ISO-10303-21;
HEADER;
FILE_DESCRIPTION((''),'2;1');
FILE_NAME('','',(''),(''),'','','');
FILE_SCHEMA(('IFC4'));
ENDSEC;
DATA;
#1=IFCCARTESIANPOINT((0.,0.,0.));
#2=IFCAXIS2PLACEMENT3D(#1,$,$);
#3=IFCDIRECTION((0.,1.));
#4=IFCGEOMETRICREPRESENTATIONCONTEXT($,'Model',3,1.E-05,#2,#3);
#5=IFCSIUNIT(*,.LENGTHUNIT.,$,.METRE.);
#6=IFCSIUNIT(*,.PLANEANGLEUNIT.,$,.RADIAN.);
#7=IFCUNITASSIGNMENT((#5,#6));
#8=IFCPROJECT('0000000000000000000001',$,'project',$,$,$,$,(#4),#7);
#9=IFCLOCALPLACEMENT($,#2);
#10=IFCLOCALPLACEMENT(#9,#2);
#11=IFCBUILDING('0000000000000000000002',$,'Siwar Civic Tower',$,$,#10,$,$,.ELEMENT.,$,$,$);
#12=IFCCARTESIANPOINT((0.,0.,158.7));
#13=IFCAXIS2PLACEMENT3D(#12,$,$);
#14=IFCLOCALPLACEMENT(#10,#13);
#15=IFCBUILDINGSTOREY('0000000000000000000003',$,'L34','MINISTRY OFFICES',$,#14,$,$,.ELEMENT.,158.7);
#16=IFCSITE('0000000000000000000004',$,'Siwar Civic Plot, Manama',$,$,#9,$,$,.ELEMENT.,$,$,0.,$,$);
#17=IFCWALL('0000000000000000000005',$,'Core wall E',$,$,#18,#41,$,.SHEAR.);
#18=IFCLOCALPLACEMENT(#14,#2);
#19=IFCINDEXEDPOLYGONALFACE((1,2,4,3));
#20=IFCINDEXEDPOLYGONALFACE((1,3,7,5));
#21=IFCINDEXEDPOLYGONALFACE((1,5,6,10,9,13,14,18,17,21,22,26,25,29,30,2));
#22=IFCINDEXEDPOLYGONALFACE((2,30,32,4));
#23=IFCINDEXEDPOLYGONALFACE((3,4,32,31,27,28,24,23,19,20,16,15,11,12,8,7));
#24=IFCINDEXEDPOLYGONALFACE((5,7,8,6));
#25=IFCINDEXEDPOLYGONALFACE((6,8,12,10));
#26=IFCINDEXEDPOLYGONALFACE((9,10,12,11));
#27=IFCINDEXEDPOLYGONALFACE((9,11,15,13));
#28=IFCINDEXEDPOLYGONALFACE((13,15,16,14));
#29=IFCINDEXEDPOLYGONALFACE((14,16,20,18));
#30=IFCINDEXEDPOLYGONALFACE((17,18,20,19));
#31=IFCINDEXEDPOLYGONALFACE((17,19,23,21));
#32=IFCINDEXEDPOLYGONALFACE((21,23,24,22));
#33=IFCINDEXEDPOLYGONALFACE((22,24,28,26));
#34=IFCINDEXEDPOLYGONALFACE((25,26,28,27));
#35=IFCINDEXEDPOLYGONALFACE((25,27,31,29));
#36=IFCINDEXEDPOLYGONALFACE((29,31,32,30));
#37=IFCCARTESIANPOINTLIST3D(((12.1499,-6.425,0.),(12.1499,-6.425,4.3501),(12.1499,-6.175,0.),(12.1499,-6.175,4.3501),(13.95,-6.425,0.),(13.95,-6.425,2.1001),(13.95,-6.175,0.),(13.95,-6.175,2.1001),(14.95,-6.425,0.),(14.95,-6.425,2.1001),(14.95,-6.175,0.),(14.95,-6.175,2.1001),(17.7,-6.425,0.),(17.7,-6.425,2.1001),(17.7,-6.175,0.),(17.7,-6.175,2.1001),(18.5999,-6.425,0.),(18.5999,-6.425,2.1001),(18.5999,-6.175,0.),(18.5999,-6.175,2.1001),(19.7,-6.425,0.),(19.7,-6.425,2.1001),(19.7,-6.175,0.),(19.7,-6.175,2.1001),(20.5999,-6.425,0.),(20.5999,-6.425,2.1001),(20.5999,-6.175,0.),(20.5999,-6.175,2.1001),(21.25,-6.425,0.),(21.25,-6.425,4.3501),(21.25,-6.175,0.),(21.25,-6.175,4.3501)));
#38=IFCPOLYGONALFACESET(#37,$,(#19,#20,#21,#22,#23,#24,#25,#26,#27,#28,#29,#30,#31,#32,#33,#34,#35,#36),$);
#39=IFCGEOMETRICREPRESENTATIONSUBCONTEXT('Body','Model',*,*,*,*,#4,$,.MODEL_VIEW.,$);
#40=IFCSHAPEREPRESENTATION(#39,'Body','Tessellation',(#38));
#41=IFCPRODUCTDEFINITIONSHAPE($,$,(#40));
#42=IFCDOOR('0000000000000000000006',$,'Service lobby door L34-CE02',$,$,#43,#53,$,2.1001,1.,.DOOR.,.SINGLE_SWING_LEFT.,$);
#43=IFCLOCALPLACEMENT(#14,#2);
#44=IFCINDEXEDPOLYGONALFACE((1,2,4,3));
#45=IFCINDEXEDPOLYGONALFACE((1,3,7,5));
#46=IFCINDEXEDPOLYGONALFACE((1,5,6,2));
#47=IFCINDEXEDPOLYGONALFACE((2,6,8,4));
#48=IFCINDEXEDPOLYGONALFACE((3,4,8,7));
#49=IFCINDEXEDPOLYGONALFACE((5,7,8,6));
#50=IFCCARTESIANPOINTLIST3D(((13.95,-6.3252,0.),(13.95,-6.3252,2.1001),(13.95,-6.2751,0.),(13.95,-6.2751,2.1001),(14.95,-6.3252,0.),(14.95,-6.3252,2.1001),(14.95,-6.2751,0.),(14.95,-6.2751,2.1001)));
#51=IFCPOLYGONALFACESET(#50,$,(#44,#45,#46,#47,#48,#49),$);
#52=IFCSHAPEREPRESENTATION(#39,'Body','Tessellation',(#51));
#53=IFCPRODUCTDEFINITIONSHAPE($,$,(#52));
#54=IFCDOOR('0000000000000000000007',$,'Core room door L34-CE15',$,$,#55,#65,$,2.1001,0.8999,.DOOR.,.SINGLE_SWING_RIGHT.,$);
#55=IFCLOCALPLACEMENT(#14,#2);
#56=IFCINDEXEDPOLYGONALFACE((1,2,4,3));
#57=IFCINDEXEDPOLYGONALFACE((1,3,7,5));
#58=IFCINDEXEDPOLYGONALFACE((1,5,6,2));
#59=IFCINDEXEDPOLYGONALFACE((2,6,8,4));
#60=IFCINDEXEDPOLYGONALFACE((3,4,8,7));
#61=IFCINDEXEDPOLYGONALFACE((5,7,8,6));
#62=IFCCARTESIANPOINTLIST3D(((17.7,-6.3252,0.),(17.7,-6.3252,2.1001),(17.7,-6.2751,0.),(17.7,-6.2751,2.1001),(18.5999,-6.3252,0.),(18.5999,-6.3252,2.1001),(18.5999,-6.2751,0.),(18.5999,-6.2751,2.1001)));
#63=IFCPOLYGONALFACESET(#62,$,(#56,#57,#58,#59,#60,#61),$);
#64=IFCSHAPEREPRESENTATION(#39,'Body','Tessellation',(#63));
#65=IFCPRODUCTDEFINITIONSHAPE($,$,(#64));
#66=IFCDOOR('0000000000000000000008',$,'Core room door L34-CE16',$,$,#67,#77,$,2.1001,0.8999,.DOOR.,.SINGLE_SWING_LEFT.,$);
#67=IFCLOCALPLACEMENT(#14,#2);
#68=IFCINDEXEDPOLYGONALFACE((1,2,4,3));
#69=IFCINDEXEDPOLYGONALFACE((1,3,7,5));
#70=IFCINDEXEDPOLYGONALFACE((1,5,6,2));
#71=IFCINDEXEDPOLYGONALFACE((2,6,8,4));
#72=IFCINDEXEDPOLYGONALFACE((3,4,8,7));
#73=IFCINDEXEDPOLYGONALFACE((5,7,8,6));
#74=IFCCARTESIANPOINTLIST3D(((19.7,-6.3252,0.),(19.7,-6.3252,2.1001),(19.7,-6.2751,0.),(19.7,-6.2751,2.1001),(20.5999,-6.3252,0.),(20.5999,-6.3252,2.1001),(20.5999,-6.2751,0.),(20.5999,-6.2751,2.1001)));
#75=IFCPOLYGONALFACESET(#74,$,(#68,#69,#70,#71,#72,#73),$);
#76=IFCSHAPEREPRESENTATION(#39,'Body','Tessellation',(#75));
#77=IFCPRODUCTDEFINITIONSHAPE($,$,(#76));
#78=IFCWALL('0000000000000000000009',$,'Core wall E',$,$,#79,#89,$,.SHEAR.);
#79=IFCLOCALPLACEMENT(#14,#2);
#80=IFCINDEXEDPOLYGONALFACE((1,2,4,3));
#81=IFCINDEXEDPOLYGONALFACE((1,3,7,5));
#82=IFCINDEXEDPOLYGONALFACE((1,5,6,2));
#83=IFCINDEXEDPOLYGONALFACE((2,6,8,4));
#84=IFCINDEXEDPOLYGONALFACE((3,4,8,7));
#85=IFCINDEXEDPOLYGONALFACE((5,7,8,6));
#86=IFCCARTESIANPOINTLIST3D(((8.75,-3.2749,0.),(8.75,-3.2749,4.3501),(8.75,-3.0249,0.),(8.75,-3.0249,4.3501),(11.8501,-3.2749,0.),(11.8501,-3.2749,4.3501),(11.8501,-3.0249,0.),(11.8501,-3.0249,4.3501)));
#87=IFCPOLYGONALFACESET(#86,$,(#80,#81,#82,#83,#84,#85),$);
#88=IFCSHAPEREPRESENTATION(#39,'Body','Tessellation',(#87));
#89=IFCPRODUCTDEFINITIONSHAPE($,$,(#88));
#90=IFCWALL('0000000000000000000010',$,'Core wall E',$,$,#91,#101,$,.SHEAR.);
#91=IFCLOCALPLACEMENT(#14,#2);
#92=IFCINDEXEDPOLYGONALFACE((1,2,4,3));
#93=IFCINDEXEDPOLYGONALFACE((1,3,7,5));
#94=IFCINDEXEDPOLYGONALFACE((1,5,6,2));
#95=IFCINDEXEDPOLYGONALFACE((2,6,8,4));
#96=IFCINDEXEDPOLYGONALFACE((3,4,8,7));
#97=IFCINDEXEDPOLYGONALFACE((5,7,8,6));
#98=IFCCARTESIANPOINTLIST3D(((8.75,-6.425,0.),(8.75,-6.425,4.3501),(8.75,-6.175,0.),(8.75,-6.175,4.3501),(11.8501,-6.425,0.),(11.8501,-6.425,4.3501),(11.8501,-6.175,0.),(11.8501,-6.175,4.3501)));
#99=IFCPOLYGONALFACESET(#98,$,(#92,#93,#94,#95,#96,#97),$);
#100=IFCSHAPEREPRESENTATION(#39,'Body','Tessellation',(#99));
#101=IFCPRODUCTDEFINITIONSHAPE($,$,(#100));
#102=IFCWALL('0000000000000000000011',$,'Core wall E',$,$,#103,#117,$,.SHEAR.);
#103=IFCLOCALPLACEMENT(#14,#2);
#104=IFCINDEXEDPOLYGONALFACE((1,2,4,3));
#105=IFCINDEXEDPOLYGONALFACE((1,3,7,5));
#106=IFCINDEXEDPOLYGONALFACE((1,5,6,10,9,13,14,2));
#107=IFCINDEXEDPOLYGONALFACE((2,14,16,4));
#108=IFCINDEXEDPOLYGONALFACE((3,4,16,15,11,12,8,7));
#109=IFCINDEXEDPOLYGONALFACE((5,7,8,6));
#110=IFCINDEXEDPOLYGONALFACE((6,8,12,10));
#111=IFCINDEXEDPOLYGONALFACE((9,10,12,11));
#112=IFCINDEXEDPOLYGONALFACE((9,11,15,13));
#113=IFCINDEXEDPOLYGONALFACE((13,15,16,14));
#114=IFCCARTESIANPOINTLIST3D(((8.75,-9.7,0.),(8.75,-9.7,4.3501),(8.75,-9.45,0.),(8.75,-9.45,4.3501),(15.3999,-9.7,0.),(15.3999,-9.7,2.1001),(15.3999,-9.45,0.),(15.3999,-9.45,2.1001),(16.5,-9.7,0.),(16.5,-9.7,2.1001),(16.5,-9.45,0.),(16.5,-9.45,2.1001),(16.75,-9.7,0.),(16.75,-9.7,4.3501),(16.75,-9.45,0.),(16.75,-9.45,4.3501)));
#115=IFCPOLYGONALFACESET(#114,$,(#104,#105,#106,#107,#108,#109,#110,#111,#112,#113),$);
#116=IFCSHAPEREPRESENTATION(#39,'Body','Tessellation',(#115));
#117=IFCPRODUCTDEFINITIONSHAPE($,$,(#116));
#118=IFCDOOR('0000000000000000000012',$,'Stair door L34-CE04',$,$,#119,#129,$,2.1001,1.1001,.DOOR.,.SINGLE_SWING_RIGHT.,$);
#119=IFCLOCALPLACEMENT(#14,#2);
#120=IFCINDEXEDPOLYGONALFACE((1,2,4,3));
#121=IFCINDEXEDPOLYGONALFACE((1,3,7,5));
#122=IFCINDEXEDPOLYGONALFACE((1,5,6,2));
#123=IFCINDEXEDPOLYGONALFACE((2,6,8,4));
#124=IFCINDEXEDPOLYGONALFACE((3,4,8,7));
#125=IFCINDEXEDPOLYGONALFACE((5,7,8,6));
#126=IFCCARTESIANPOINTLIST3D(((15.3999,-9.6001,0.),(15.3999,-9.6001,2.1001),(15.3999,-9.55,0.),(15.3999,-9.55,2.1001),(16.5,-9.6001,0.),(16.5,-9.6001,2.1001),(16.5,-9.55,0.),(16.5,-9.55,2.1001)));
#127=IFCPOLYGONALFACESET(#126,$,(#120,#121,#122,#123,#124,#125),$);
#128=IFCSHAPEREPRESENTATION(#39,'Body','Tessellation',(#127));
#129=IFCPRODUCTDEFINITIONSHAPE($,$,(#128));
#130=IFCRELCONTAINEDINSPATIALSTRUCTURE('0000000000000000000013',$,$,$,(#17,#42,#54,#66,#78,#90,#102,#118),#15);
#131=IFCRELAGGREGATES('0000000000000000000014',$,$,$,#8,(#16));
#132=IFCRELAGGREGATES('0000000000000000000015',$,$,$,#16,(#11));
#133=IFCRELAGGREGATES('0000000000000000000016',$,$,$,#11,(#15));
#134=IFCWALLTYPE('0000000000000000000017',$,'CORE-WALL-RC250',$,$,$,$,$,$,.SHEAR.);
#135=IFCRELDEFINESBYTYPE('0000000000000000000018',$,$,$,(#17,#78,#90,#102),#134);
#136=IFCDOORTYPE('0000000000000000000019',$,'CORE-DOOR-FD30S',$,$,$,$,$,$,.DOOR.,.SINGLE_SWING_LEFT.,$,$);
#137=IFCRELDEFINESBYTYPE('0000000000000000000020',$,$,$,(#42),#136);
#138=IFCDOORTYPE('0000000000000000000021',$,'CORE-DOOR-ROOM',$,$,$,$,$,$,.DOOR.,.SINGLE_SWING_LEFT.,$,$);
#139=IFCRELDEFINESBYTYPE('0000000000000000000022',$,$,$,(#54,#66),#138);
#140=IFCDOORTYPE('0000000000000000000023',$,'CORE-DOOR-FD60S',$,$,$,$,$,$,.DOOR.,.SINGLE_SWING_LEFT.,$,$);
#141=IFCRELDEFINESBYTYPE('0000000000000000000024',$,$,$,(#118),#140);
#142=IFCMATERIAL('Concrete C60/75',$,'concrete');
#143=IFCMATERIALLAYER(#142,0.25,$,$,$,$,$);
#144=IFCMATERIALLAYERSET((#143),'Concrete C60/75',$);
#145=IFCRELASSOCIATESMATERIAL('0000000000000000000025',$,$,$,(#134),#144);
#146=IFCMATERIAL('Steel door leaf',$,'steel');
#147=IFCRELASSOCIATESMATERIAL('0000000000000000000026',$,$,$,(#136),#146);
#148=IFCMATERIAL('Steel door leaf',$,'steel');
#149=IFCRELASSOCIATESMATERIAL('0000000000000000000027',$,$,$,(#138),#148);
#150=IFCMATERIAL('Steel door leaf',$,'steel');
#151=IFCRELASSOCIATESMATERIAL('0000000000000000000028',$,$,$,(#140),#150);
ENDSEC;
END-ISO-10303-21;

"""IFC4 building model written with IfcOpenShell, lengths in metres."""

from ifc_helpers import new_model, si_unit, direction, frame, frame_2d, origin, place, context, subcontext, project, spatial, rectangle, extrude, material, layer, layer_set, type_object, element, fill, save


model = new_model("IFC4")

# Units and contexts
model_context = context("Model", 3, precision=1e-05, world=origin(), true_north=direction((0.0, 1.0)))
body_context = subcontext(model_context, "Body", "Model", "MODEL_VIEW")
ifc_project = project(units=[si_unit("LENGTHUNIT", "METRE"), si_unit("PLANEANGLEUNIT", "RADIAN")], contexts=[model_context])

# Site, building, storey
site_placement = place(None, origin())
site = spatial("IfcSite", under=ifc_project, at=site_placement, Name="Siwar Civic Plot, Manama", CompositionType="ELEMENT", RefElevation=0.0)
building_placement = place(site_placement, origin())
building = spatial("IfcBuilding", under=site, at=building_placement, Name="Siwar Civic Tower", CompositionType="ELEMENT")
storey_placement = place(building_placement, frame((0.0, 0.0, 158.7)))
storey = spatial("IfcBuildingStorey", under=building, at=storey_placement, Name="L34", Description="MINISTRY OFFICES", CompositionType="ELEMENT", Elevation=158.7)

# Wall, openings, doors
ifc_material_1 = material(Name="Concrete C60/75", Category="concrete")
ifc_layer_1 = layer(ifc_material_1, 0.25)
ifc_layer_set_1 = layer_set([ifc_layer_1], Name="Concrete C60/75")
wall_type_1 = type_object("IfcWallType", Name="CORE-WALL-RC250", PredefinedType="SHEAR", material=ifc_layer_set_1)
wall_1_placement = place(storey_placement, frame((12.1499, -6.3, 0.0), z_axis=(0.0, 0.0, 1.0), x_axis=(1.0, 0.0, 0.0)))
wall_1 = element("IfcWall", 1, at=wall_1_placement, inside=storey, type_object=wall_type_1, Name="Core wall E", PredefinedType="SHEAR", context=body_context, shape_type="SweptSolid", body=[
    extrude(rectangle(XDim=9.1001, YDim=0.25, at=frame_2d((4.55, 0.0))), origin(), (0.0, 0.0, 1.0), 4.3501),
])
opening_1_placement = place(wall_1_placement, frame((1.8, 0.0, 0.0)))
opening_1 = element("IfcOpeningElement", 2, at=opening_1_placement, cuts=wall_1, PredefinedType="OPENING", context=body_context, shape_type="SweptSolid", body=[
    extrude(rectangle(XDim=1.0, YDim=2.1001, at=frame_2d((0.5, 1.05))), frame((0.0, 0.135, 0.0), z_axis=(0.0, -1.0, 0.0), x_axis=(1.0, 0.0, 0.0)), (0.0, 0.0, 1.0), 0.27),
])
opening_2_placement = place(wall_1_placement, frame((5.55, 0.0, 0.0)))
opening_2 = element("IfcOpeningElement", 3, at=opening_2_placement, cuts=wall_1, PredefinedType="OPENING", context=body_context, shape_type="SweptSolid", body=[
    extrude(rectangle(XDim=0.8999, YDim=2.1001, at=frame_2d((0.45, 1.05))), frame((0.0, 0.135, 0.0), z_axis=(0.0, -1.0, 0.0), x_axis=(1.0, 0.0, 0.0)), (0.0, 0.0, 1.0), 0.27),
])
opening_3_placement = place(wall_1_placement, frame((7.55, 0.0, 0.0)))
opening_3 = element("IfcOpeningElement", 4, at=opening_3_placement, cuts=wall_1, PredefinedType="OPENING", context=body_context, shape_type="SweptSolid", body=[
    extrude(rectangle(XDim=0.8999, YDim=2.1001, at=frame_2d((0.45, 1.05))), frame((0.0, 0.135, 0.0), z_axis=(0.0, -1.0, 0.0), x_axis=(1.0, 0.0, 0.0)), (0.0, 0.0, 1.0), 0.27),
])
ifc_material_2 = material(Name="Steel door leaf", Category="steel")
door_type_1 = type_object("IfcDoorType", Name="CORE-DOOR-FD30S", OperationType="SINGLE_SWING_LEFT", PredefinedType="DOOR", material=ifc_material_2)
door_1_placement = place(opening_1_placement, origin())
door_1 = element("IfcDoor", 5, at=door_1_placement, inside=storey, type_object=door_type_1, Name="Service lobby door L34-CE02", OperationType="SINGLE_SWING_LEFT", OverallHeight=2.1001, OverallWidth=1.0, PredefinedType="DOOR", context=body_context, shape_type="SweptSolid", body=[
    extrude(rectangle(XDim=1.0, YDim=2.1001, at=frame_2d((0.5, 1.05))), frame((0.0, 0.0249, 0.0), z_axis=(0.0, -1.0, 0.0), x_axis=(1.0, 0.0, 0.0)), (0.0, 0.0, 1.0), 0.05),
])
fill(opening_1, door_1)
ifc_material_3 = material(Name="Steel door leaf", Category="steel")
door_type_2 = type_object("IfcDoorType", Name="CORE-DOOR-ROOM", OperationType="SINGLE_SWING_LEFT", PredefinedType="DOOR", material=ifc_material_3)
door_2_placement = place(opening_2_placement, origin())
door_2 = element("IfcDoor", 6, at=door_2_placement, inside=storey, type_object=door_type_2, Name="Core room door L34-CE15", OperationType="SINGLE_SWING_RIGHT", OverallHeight=2.1001, OverallWidth=0.8999, PredefinedType="DOOR", context=body_context, shape_type="SweptSolid", body=[
    extrude(rectangle(XDim=0.8999, YDim=2.1001, at=frame_2d((0.45, 1.05))), frame((0.0, 0.0249, 0.0), z_axis=(0.0, -1.0, 0.0), x_axis=(1.0, 0.0, 0.0)), (0.0, 0.0, 1.0), 0.05),
])
fill(opening_2, door_2)
door_3_placement = place(opening_3_placement, origin())
door_3 = element("IfcDoor", 7, at=door_3_placement, inside=storey, type_object=door_type_2, Name="Core room door L34-CE16", OperationType="SINGLE_SWING_LEFT", OverallHeight=2.1001, OverallWidth=0.8999, PredefinedType="DOOR", context=body_context, shape_type="SweptSolid", body=[
    extrude(rectangle(XDim=0.8999, YDim=2.1001, at=frame_2d((0.45, 1.05))), frame((0.0, 0.0249, 0.0), z_axis=(0.0, -1.0, 0.0), x_axis=(1.0, 0.0, 0.0)), (0.0, 0.0, 1.0), 0.05),
])
fill(opening_3, door_3)

# Walls
for number, where, z_axis, x_axis, name in (
    (8, (8.75, -3.1499, 0.0), (0.0, 0.0, 1.0), (1.0, 0.0, 0.0), "Core wall E"),
    (9, (8.75, -6.3, 0.0), (0.0, 0.0, 1.0), (1.0, 0.0, 0.0), "Core wall E"),
):
    element("IfcWall", number, at=place(storey_placement, frame(where, z_axis=z_axis, x_axis=x_axis)), inside=storey, type_object=wall_type_1, Name=name, PredefinedType="SHEAR", context=body_context, shape_type="SweptSolid", body=[
        extrude(rectangle(XDim=3.1001, YDim=0.25, at=frame_2d((1.55, 0.0))), origin(), (0.0, 0.0, 1.0), 4.3501),
    ])

# Wall, opening, door
wall_2_placement = place(storey_placement, frame((8.75, -9.575, 0.0), z_axis=(0.0, 0.0, 1.0), x_axis=(1.0, 0.0, 0.0)))
wall_2 = element("IfcWall", 10, at=wall_2_placement, inside=storey, type_object=wall_type_1, Name="Core wall E", PredefinedType="SHEAR", context=body_context, shape_type="SweptSolid", body=[
    extrude(rectangle(XDim=8.0, YDim=0.25, at=frame_2d((4.0, 0.0))), origin(), (0.0, 0.0, 1.0), 4.3501),
])
opening_4_placement = place(wall_2_placement, frame((6.6499, 0.0, 0.0)))
opening_4 = element("IfcOpeningElement", 11, at=opening_4_placement, cuts=wall_2, PredefinedType="OPENING", context=body_context, shape_type="SweptSolid", body=[
    extrude(rectangle(XDim=1.1001, YDim=2.1001, at=frame_2d((0.55, 1.05))), frame((0.0, 0.135, 0.0), z_axis=(0.0, -1.0, 0.0), x_axis=(1.0, 0.0, 0.0)), (0.0, 0.0, 1.0), 0.27),
])
ifc_material_4 = material(Name="Steel door leaf", Category="steel")
door_type_3 = type_object("IfcDoorType", Name="CORE-DOOR-FD60S", OperationType="SINGLE_SWING_LEFT", PredefinedType="DOOR", material=ifc_material_4)
door_4_placement = place(opening_4_placement, origin())
door_4 = element("IfcDoor", 12, at=door_4_placement, inside=storey, type_object=door_type_3, Name="Stair door L34-CE04", OperationType="SINGLE_SWING_RIGHT", OverallHeight=2.1001, OverallWidth=1.1001, PredefinedType="DOOR", context=body_context, shape_type="SweptSolid", body=[
    extrude(rectangle(XDim=1.1001, YDim=2.1001, at=frame_2d((0.55, 1.05))), frame((0.0, 0.0249, 0.0), z_axis=(0.0, -1.0, 0.0), x_axis=(1.0, 0.0, 0.0)), (0.0, 0.0, 1.0), 0.05),
])
fill(opening_4, door_4)

save(model, "model.ifc")
